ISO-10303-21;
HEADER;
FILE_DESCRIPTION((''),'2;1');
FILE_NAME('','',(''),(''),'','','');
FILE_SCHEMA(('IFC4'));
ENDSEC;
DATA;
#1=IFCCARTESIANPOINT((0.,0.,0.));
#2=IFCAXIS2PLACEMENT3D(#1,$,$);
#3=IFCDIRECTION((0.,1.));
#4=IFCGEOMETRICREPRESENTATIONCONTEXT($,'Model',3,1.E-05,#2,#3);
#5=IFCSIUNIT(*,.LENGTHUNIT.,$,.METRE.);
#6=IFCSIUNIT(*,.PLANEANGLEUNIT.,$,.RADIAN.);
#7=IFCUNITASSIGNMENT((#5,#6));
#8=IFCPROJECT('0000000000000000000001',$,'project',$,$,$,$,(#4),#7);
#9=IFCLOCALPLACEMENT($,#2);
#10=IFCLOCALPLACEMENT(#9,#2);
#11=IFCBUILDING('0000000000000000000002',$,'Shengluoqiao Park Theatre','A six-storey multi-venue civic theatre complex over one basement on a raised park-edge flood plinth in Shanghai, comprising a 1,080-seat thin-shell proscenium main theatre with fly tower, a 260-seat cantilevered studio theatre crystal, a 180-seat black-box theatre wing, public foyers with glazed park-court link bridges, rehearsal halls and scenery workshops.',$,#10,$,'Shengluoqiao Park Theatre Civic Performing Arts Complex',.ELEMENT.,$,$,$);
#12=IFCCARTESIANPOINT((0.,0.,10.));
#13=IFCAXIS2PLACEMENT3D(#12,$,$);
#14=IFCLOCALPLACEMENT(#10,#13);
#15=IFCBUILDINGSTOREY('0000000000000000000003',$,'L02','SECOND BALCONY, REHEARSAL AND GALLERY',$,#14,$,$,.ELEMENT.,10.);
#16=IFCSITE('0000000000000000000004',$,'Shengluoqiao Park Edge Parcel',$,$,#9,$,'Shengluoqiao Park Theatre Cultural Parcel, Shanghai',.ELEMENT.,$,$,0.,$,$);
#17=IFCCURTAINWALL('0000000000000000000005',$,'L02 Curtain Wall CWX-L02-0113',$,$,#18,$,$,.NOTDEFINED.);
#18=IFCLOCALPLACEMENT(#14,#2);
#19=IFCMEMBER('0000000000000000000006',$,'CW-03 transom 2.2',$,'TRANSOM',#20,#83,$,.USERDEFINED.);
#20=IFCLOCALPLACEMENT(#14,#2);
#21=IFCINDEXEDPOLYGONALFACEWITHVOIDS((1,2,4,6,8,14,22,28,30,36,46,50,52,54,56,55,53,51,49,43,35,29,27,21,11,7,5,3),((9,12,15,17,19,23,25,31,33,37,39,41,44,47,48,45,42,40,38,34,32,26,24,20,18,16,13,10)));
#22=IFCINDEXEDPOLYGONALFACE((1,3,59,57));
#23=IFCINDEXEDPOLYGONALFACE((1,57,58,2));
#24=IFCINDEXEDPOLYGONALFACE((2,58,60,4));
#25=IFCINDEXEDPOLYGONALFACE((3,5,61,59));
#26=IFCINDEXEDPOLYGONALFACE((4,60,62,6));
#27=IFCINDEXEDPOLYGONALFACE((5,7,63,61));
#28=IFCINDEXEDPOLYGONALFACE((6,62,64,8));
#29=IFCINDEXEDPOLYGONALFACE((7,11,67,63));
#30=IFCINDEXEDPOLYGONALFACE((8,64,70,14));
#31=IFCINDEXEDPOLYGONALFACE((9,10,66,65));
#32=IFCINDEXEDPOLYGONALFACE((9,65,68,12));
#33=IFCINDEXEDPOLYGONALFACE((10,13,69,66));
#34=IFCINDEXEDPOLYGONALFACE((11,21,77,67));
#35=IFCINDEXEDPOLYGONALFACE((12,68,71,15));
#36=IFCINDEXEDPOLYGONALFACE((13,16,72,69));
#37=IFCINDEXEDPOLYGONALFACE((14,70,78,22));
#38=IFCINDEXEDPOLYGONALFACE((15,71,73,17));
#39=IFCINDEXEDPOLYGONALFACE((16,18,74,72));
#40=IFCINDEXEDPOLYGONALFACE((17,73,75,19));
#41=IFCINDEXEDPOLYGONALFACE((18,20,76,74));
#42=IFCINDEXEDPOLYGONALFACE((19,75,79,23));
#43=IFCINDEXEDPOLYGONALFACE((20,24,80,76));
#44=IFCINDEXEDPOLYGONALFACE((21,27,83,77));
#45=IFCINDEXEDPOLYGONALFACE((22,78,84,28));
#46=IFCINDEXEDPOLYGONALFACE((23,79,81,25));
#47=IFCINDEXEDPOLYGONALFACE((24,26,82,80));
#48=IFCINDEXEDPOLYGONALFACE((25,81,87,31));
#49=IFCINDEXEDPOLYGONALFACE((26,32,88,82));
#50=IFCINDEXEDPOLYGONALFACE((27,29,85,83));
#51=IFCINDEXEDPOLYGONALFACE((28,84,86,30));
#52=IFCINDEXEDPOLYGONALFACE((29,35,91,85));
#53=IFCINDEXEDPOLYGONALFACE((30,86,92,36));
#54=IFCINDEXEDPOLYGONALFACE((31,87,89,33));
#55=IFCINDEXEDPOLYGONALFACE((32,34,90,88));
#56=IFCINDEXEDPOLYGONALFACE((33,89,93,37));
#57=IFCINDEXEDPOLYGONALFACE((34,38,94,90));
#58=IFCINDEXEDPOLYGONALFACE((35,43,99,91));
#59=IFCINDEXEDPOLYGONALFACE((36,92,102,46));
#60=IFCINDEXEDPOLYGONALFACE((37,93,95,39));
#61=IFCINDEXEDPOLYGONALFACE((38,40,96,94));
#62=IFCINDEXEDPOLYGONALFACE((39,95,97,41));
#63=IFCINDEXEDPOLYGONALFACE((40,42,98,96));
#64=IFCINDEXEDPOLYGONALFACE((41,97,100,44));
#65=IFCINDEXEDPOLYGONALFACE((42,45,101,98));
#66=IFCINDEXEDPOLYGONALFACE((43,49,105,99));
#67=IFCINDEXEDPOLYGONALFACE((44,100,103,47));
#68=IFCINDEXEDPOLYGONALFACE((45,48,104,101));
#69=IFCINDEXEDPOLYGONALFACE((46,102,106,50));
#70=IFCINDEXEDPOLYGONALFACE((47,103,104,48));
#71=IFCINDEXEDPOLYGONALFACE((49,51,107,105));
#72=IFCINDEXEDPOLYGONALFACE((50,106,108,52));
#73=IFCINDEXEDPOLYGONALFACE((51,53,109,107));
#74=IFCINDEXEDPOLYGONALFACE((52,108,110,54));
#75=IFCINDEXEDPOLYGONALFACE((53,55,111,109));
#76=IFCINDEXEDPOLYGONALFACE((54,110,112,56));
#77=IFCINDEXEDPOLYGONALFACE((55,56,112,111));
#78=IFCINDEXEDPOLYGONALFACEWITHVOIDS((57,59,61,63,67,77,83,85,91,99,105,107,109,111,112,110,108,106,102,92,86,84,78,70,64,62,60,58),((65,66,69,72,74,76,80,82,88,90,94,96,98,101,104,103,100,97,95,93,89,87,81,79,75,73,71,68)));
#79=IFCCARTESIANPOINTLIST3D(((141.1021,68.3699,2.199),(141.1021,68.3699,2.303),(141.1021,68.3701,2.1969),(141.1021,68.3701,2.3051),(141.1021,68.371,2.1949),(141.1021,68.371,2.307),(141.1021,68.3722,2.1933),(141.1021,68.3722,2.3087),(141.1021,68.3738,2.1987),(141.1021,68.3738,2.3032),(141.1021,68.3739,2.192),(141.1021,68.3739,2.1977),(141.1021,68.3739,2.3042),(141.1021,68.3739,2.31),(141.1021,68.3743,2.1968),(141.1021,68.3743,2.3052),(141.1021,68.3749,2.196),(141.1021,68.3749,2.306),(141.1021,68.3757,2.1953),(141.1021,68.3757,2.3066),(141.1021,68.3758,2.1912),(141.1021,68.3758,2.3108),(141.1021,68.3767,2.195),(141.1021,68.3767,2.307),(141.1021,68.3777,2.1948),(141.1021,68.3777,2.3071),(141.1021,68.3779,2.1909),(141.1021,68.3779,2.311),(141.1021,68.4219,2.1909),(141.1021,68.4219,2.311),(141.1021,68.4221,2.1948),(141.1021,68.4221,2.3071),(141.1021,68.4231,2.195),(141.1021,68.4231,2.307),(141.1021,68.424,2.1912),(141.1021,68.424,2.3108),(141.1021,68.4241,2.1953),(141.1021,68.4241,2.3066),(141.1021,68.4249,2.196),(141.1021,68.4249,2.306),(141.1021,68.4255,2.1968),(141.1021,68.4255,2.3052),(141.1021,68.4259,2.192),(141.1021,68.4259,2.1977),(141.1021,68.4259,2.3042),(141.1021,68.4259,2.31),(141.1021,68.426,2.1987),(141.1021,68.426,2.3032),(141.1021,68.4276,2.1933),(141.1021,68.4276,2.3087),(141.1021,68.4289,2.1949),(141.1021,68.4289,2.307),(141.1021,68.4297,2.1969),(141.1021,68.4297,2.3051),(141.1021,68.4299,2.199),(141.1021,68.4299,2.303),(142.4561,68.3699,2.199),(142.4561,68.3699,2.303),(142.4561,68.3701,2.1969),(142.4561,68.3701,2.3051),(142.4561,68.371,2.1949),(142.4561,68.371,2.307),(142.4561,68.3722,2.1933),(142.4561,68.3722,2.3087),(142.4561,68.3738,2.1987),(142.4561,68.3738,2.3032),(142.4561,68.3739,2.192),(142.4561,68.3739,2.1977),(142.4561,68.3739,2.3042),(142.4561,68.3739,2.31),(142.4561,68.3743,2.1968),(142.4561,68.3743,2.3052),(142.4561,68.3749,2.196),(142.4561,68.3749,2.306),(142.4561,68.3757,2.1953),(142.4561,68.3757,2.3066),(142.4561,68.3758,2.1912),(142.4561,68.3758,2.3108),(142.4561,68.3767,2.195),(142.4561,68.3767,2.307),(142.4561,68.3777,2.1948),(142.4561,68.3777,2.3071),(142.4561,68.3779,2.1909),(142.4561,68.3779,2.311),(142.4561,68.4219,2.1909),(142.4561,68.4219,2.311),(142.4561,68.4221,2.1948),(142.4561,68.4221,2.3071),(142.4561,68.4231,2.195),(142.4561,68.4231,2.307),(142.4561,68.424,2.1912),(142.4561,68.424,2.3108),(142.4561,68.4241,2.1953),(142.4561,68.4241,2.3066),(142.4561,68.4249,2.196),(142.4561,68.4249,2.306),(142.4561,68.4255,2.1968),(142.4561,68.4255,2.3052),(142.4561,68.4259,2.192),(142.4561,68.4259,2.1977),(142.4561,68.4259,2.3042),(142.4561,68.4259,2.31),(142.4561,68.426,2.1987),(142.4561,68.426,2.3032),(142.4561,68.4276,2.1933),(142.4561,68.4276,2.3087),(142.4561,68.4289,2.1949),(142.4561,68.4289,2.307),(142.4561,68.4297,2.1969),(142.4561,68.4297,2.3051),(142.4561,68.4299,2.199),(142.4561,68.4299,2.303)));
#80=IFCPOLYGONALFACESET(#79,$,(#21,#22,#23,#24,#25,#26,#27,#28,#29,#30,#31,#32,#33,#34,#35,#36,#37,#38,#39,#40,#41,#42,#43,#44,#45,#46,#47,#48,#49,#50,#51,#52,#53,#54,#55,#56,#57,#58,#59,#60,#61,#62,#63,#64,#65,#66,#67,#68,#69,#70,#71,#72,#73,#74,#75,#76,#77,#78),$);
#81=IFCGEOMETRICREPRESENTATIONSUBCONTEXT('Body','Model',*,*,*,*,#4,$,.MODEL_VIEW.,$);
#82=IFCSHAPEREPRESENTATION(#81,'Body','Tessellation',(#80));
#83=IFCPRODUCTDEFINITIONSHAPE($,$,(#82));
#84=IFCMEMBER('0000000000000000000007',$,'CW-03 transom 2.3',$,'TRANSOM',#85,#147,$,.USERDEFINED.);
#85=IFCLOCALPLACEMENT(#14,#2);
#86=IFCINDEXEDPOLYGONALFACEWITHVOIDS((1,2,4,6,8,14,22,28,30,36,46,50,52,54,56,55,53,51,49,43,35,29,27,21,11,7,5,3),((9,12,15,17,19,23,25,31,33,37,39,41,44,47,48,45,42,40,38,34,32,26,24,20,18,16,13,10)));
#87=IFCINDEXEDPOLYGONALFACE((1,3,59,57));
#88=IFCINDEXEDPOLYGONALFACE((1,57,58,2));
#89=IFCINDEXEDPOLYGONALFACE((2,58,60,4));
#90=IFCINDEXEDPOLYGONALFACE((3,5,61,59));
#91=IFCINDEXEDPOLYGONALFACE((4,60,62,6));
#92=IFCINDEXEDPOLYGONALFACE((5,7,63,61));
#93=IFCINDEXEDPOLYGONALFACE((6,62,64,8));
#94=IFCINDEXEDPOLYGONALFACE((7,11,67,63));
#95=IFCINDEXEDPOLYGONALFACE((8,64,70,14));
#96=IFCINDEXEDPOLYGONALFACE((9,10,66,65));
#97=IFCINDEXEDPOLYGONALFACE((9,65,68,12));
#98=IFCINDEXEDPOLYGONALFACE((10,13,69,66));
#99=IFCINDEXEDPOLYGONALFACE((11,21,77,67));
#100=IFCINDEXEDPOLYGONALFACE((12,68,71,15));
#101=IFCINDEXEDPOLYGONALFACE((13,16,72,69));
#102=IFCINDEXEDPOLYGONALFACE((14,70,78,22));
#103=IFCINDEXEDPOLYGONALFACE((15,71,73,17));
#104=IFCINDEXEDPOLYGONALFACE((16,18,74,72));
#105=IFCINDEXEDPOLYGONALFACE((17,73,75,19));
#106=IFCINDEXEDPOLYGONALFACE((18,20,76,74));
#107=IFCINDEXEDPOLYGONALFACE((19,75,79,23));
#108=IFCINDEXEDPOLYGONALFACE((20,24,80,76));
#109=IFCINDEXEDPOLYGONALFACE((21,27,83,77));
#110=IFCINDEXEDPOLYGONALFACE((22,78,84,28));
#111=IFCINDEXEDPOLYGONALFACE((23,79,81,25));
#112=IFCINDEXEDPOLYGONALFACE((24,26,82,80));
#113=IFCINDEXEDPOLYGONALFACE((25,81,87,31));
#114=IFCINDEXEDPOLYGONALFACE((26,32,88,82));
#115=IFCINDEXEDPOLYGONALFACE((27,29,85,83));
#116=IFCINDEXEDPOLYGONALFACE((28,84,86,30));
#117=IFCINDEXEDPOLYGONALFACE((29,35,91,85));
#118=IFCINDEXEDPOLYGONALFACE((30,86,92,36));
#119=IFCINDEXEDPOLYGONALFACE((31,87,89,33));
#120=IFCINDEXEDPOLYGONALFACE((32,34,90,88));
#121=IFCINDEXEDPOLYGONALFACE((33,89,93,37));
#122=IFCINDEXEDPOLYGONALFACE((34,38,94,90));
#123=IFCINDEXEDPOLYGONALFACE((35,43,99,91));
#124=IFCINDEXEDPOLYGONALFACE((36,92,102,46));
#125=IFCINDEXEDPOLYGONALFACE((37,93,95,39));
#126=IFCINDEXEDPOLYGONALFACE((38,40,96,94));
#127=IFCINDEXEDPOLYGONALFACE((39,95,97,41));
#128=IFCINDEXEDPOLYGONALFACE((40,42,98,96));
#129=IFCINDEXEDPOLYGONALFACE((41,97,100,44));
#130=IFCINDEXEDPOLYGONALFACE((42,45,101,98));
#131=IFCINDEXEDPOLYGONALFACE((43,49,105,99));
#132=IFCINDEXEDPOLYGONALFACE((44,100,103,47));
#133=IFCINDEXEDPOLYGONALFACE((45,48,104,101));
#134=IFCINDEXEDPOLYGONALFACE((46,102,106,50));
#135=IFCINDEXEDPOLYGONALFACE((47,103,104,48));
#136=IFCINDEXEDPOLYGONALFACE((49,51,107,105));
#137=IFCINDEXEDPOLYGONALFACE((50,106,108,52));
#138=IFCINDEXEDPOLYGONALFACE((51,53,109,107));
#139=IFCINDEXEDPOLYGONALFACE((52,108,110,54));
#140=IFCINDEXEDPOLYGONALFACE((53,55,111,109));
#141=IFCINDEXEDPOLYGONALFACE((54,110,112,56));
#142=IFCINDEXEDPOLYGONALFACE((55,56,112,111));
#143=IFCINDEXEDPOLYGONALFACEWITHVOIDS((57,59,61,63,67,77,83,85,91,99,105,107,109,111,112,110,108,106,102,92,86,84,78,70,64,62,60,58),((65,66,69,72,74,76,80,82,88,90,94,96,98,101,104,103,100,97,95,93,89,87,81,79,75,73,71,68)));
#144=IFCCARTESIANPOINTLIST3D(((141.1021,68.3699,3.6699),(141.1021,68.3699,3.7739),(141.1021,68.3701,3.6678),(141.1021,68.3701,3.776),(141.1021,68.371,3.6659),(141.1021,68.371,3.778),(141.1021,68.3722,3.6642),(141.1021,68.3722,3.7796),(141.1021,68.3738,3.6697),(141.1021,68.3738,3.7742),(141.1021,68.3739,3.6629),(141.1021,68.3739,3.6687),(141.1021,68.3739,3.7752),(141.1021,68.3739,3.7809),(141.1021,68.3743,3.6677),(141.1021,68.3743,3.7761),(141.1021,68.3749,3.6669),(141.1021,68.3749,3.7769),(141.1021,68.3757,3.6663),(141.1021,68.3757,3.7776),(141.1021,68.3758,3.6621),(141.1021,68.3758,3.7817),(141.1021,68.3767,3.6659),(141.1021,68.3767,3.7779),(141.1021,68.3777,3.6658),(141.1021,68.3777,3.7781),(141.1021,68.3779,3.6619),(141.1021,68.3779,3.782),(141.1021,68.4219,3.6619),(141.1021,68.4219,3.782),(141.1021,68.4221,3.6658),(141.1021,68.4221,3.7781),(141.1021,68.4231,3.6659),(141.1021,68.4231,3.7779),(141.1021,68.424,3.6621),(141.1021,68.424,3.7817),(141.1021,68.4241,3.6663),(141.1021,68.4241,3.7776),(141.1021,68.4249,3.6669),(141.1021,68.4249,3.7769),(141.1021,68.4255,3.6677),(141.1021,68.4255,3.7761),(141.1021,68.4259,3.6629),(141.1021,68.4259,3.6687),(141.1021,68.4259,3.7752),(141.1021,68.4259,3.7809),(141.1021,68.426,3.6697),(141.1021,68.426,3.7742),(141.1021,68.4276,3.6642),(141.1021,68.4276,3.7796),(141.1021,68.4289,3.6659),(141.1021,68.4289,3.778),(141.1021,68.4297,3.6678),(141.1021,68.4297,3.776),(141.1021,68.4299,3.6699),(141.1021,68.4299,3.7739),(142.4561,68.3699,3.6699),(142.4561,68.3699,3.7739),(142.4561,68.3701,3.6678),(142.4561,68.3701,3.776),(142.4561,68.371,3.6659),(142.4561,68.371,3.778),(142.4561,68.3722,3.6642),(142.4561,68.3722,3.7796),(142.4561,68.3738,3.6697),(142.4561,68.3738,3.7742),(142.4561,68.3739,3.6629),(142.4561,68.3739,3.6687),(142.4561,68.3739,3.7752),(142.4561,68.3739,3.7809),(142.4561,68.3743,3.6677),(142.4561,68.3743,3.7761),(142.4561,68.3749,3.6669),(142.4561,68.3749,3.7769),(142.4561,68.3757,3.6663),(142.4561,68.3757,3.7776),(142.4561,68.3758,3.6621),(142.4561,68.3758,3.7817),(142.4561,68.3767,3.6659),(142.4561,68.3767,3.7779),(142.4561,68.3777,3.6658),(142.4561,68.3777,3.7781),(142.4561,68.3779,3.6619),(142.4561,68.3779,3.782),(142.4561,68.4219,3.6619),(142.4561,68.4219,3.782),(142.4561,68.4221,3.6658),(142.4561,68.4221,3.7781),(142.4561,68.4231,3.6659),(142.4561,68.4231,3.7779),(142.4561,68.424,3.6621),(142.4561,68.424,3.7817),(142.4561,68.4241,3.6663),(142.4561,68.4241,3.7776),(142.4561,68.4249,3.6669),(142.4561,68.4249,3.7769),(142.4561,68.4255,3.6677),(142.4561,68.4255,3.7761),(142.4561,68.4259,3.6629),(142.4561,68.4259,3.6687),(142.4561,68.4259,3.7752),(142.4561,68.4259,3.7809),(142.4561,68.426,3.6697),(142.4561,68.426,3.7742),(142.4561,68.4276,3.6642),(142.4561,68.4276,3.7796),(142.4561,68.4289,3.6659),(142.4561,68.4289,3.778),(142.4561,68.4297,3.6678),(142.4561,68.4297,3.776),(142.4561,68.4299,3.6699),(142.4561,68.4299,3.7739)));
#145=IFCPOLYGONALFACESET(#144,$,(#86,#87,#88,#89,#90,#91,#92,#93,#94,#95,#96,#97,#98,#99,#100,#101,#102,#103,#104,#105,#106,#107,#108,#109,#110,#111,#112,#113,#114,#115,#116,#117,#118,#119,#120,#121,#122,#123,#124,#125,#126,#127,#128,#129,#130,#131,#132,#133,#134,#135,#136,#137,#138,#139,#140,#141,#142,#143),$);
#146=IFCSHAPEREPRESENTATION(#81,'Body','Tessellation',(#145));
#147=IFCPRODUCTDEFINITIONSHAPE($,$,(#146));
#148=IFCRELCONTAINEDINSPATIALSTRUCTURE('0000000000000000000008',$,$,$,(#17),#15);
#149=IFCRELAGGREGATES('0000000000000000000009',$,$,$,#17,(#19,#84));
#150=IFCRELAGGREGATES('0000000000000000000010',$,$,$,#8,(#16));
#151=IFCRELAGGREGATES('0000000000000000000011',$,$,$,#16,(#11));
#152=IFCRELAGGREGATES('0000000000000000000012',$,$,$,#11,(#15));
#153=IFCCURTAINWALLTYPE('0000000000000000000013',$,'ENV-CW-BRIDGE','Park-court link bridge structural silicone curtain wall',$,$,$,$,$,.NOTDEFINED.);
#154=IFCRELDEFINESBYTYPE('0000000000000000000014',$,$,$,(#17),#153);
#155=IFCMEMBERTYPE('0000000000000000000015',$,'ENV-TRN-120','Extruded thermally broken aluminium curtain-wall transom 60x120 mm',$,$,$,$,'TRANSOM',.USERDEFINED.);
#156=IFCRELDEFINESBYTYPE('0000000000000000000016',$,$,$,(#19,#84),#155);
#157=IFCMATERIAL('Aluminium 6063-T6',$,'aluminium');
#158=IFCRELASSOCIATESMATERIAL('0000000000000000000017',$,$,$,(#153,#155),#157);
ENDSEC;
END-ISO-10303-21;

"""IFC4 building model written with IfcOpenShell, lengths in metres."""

from ifc_helpers import new_model, si_unit, direction, frame, origin, origin_2d, place, context, subcontext, project, spatial, hollow_rectangle, extrude, material, material_profile, profile_set, type_object, element, aggregate, save


model = new_model("IFC4")

# Units and contexts
model_context = context("Model", 3, precision=1e-05, world=origin(), true_north=direction((0.0, 1.0)))
body_context = subcontext(model_context, "Body", "Model", "MODEL_VIEW")
ifc_project = project(units=[si_unit("LENGTHUNIT", "METRE"), si_unit("PLANEANGLEUNIT", "RADIAN")], contexts=[model_context])

# Site, building, storey
site_placement = place(None, origin())
site = spatial("IfcSite", under=ifc_project, at=site_placement, Name="Shengluoqiao Park Edge Parcel", LongName="Shengluoqiao Park Theatre Cultural Parcel, Shanghai", CompositionType="ELEMENT", RefElevation=0.0)
building_placement = place(site_placement, origin())
building = spatial("IfcBuilding", under=site, at=building_placement, Name="Shengluoqiao Park Theatre", Description="A six-storey multi-venue civic theatre complex over one basement on a raised park-edge flood plinth in Shanghai, comprising a 1,080-seat thin-shell proscenium main theatre with fly tower, a 260-seat cantilevered studio theatre crystal, a 180-seat black-box theatre wing, public foyers with glazed park-court link bridges, rehearsal halls and scenery workshops.", LongName="Shengluoqiao Park Theatre Civic Performing Arts Complex", CompositionType="ELEMENT")
storey_placement = place(building_placement, frame((0.0, 0.0, 10.0)))
storey = spatial("IfcBuildingStorey", under=building, at=storey_placement, Name="L02", Description="SECOND BALCONY, REHEARSAL AND GALLERY", CompositionType="ELEMENT", Elevation=10.0)

# Shared definitions
ifc_material_1 = material(Name="Aluminium 6063-T6", Category="aluminium")
curtain_wall_type = type_object("IfcCurtainWallType", Name="ENV-CW-BRIDGE", Description="Park-court link bridge structural silicone curtain wall", PredefinedType="NOTDEFINED", material=ifc_material_1)

# Curtain wall
curtain_wall_1_placement = place(storey_placement, origin())
curtain_wall_1 = element("IfcCurtainWall", 1, at=curtain_wall_1_placement, inside=storey, type_object=curtain_wall_type, Name="L02 Curtain Wall CWX-L02-0113", PredefinedType="NOTDEFINED")

# Members
ifc_material_profile_1 = material_profile(ifc_material_1, hollow_rectangle(XDim=0.0601, YDim=0.1201, WallThickness=0.0039, InnerFilletRadius=0.0039, OuterFilletRadius=0.0081, at=origin_2d()), Name="ALU TRANSOM 120x60x4")
ifc_profile_set_1 = profile_set([ifc_material_profile_1], Name="Aluminium 6063-T6")
member_type_1 = type_object("IfcMemberType", Name="ENV-TRN-120", Description="Extruded thermally broken aluminium curtain-wall transom 60x120 mm", ElementType="TRANSOM", PredefinedType="USERDEFINED", material=ifc_profile_set_1)
member_1_placement = place(storey_placement, frame((141.1021, 68.3999, 2.251), z_axis=(1.0, 0.0, 0.0), x_axis=(0.0, 1.0, 0.0)))
member_1 = element("IfcMember", 2, at=member_1_placement, type_object=member_type_1, Name="CW-03 transom 2.2", ObjectType="TRANSOM", PredefinedType="USERDEFINED", context=body_context, shape_type="SweptSolid", body=[
    extrude(hollow_rectangle(XDim=0.0601, YDim=0.1201, WallThickness=0.0039, InnerFilletRadius=0.0039, OuterFilletRadius=0.0081, at=origin_2d()), origin(), (0.0, 0.0, 1.0), 1.354),
])
member_2_placement = place(storey_placement, frame((141.1021, 68.3999, 3.7219), z_axis=(1.0, 0.0, 0.0), x_axis=(0.0, 1.0, 0.0)))
member_2 = element("IfcMember", 3, at=member_2_placement, type_object=member_type_1, Name="CW-03 transom 2.3", ObjectType="TRANSOM", PredefinedType="USERDEFINED", context=body_context, shape_type="SweptSolid", body=[
    extrude(hollow_rectangle(XDim=0.0601, YDim=0.1201, WallThickness=0.0039, InnerFilletRadius=0.0039, OuterFilletRadius=0.0081, at=origin_2d()), origin(), (0.0, 0.0, 1.0), 1.354),
])

aggregate(curtain_wall_1, [member_1, member_2])

save(model, "model.ifc")
